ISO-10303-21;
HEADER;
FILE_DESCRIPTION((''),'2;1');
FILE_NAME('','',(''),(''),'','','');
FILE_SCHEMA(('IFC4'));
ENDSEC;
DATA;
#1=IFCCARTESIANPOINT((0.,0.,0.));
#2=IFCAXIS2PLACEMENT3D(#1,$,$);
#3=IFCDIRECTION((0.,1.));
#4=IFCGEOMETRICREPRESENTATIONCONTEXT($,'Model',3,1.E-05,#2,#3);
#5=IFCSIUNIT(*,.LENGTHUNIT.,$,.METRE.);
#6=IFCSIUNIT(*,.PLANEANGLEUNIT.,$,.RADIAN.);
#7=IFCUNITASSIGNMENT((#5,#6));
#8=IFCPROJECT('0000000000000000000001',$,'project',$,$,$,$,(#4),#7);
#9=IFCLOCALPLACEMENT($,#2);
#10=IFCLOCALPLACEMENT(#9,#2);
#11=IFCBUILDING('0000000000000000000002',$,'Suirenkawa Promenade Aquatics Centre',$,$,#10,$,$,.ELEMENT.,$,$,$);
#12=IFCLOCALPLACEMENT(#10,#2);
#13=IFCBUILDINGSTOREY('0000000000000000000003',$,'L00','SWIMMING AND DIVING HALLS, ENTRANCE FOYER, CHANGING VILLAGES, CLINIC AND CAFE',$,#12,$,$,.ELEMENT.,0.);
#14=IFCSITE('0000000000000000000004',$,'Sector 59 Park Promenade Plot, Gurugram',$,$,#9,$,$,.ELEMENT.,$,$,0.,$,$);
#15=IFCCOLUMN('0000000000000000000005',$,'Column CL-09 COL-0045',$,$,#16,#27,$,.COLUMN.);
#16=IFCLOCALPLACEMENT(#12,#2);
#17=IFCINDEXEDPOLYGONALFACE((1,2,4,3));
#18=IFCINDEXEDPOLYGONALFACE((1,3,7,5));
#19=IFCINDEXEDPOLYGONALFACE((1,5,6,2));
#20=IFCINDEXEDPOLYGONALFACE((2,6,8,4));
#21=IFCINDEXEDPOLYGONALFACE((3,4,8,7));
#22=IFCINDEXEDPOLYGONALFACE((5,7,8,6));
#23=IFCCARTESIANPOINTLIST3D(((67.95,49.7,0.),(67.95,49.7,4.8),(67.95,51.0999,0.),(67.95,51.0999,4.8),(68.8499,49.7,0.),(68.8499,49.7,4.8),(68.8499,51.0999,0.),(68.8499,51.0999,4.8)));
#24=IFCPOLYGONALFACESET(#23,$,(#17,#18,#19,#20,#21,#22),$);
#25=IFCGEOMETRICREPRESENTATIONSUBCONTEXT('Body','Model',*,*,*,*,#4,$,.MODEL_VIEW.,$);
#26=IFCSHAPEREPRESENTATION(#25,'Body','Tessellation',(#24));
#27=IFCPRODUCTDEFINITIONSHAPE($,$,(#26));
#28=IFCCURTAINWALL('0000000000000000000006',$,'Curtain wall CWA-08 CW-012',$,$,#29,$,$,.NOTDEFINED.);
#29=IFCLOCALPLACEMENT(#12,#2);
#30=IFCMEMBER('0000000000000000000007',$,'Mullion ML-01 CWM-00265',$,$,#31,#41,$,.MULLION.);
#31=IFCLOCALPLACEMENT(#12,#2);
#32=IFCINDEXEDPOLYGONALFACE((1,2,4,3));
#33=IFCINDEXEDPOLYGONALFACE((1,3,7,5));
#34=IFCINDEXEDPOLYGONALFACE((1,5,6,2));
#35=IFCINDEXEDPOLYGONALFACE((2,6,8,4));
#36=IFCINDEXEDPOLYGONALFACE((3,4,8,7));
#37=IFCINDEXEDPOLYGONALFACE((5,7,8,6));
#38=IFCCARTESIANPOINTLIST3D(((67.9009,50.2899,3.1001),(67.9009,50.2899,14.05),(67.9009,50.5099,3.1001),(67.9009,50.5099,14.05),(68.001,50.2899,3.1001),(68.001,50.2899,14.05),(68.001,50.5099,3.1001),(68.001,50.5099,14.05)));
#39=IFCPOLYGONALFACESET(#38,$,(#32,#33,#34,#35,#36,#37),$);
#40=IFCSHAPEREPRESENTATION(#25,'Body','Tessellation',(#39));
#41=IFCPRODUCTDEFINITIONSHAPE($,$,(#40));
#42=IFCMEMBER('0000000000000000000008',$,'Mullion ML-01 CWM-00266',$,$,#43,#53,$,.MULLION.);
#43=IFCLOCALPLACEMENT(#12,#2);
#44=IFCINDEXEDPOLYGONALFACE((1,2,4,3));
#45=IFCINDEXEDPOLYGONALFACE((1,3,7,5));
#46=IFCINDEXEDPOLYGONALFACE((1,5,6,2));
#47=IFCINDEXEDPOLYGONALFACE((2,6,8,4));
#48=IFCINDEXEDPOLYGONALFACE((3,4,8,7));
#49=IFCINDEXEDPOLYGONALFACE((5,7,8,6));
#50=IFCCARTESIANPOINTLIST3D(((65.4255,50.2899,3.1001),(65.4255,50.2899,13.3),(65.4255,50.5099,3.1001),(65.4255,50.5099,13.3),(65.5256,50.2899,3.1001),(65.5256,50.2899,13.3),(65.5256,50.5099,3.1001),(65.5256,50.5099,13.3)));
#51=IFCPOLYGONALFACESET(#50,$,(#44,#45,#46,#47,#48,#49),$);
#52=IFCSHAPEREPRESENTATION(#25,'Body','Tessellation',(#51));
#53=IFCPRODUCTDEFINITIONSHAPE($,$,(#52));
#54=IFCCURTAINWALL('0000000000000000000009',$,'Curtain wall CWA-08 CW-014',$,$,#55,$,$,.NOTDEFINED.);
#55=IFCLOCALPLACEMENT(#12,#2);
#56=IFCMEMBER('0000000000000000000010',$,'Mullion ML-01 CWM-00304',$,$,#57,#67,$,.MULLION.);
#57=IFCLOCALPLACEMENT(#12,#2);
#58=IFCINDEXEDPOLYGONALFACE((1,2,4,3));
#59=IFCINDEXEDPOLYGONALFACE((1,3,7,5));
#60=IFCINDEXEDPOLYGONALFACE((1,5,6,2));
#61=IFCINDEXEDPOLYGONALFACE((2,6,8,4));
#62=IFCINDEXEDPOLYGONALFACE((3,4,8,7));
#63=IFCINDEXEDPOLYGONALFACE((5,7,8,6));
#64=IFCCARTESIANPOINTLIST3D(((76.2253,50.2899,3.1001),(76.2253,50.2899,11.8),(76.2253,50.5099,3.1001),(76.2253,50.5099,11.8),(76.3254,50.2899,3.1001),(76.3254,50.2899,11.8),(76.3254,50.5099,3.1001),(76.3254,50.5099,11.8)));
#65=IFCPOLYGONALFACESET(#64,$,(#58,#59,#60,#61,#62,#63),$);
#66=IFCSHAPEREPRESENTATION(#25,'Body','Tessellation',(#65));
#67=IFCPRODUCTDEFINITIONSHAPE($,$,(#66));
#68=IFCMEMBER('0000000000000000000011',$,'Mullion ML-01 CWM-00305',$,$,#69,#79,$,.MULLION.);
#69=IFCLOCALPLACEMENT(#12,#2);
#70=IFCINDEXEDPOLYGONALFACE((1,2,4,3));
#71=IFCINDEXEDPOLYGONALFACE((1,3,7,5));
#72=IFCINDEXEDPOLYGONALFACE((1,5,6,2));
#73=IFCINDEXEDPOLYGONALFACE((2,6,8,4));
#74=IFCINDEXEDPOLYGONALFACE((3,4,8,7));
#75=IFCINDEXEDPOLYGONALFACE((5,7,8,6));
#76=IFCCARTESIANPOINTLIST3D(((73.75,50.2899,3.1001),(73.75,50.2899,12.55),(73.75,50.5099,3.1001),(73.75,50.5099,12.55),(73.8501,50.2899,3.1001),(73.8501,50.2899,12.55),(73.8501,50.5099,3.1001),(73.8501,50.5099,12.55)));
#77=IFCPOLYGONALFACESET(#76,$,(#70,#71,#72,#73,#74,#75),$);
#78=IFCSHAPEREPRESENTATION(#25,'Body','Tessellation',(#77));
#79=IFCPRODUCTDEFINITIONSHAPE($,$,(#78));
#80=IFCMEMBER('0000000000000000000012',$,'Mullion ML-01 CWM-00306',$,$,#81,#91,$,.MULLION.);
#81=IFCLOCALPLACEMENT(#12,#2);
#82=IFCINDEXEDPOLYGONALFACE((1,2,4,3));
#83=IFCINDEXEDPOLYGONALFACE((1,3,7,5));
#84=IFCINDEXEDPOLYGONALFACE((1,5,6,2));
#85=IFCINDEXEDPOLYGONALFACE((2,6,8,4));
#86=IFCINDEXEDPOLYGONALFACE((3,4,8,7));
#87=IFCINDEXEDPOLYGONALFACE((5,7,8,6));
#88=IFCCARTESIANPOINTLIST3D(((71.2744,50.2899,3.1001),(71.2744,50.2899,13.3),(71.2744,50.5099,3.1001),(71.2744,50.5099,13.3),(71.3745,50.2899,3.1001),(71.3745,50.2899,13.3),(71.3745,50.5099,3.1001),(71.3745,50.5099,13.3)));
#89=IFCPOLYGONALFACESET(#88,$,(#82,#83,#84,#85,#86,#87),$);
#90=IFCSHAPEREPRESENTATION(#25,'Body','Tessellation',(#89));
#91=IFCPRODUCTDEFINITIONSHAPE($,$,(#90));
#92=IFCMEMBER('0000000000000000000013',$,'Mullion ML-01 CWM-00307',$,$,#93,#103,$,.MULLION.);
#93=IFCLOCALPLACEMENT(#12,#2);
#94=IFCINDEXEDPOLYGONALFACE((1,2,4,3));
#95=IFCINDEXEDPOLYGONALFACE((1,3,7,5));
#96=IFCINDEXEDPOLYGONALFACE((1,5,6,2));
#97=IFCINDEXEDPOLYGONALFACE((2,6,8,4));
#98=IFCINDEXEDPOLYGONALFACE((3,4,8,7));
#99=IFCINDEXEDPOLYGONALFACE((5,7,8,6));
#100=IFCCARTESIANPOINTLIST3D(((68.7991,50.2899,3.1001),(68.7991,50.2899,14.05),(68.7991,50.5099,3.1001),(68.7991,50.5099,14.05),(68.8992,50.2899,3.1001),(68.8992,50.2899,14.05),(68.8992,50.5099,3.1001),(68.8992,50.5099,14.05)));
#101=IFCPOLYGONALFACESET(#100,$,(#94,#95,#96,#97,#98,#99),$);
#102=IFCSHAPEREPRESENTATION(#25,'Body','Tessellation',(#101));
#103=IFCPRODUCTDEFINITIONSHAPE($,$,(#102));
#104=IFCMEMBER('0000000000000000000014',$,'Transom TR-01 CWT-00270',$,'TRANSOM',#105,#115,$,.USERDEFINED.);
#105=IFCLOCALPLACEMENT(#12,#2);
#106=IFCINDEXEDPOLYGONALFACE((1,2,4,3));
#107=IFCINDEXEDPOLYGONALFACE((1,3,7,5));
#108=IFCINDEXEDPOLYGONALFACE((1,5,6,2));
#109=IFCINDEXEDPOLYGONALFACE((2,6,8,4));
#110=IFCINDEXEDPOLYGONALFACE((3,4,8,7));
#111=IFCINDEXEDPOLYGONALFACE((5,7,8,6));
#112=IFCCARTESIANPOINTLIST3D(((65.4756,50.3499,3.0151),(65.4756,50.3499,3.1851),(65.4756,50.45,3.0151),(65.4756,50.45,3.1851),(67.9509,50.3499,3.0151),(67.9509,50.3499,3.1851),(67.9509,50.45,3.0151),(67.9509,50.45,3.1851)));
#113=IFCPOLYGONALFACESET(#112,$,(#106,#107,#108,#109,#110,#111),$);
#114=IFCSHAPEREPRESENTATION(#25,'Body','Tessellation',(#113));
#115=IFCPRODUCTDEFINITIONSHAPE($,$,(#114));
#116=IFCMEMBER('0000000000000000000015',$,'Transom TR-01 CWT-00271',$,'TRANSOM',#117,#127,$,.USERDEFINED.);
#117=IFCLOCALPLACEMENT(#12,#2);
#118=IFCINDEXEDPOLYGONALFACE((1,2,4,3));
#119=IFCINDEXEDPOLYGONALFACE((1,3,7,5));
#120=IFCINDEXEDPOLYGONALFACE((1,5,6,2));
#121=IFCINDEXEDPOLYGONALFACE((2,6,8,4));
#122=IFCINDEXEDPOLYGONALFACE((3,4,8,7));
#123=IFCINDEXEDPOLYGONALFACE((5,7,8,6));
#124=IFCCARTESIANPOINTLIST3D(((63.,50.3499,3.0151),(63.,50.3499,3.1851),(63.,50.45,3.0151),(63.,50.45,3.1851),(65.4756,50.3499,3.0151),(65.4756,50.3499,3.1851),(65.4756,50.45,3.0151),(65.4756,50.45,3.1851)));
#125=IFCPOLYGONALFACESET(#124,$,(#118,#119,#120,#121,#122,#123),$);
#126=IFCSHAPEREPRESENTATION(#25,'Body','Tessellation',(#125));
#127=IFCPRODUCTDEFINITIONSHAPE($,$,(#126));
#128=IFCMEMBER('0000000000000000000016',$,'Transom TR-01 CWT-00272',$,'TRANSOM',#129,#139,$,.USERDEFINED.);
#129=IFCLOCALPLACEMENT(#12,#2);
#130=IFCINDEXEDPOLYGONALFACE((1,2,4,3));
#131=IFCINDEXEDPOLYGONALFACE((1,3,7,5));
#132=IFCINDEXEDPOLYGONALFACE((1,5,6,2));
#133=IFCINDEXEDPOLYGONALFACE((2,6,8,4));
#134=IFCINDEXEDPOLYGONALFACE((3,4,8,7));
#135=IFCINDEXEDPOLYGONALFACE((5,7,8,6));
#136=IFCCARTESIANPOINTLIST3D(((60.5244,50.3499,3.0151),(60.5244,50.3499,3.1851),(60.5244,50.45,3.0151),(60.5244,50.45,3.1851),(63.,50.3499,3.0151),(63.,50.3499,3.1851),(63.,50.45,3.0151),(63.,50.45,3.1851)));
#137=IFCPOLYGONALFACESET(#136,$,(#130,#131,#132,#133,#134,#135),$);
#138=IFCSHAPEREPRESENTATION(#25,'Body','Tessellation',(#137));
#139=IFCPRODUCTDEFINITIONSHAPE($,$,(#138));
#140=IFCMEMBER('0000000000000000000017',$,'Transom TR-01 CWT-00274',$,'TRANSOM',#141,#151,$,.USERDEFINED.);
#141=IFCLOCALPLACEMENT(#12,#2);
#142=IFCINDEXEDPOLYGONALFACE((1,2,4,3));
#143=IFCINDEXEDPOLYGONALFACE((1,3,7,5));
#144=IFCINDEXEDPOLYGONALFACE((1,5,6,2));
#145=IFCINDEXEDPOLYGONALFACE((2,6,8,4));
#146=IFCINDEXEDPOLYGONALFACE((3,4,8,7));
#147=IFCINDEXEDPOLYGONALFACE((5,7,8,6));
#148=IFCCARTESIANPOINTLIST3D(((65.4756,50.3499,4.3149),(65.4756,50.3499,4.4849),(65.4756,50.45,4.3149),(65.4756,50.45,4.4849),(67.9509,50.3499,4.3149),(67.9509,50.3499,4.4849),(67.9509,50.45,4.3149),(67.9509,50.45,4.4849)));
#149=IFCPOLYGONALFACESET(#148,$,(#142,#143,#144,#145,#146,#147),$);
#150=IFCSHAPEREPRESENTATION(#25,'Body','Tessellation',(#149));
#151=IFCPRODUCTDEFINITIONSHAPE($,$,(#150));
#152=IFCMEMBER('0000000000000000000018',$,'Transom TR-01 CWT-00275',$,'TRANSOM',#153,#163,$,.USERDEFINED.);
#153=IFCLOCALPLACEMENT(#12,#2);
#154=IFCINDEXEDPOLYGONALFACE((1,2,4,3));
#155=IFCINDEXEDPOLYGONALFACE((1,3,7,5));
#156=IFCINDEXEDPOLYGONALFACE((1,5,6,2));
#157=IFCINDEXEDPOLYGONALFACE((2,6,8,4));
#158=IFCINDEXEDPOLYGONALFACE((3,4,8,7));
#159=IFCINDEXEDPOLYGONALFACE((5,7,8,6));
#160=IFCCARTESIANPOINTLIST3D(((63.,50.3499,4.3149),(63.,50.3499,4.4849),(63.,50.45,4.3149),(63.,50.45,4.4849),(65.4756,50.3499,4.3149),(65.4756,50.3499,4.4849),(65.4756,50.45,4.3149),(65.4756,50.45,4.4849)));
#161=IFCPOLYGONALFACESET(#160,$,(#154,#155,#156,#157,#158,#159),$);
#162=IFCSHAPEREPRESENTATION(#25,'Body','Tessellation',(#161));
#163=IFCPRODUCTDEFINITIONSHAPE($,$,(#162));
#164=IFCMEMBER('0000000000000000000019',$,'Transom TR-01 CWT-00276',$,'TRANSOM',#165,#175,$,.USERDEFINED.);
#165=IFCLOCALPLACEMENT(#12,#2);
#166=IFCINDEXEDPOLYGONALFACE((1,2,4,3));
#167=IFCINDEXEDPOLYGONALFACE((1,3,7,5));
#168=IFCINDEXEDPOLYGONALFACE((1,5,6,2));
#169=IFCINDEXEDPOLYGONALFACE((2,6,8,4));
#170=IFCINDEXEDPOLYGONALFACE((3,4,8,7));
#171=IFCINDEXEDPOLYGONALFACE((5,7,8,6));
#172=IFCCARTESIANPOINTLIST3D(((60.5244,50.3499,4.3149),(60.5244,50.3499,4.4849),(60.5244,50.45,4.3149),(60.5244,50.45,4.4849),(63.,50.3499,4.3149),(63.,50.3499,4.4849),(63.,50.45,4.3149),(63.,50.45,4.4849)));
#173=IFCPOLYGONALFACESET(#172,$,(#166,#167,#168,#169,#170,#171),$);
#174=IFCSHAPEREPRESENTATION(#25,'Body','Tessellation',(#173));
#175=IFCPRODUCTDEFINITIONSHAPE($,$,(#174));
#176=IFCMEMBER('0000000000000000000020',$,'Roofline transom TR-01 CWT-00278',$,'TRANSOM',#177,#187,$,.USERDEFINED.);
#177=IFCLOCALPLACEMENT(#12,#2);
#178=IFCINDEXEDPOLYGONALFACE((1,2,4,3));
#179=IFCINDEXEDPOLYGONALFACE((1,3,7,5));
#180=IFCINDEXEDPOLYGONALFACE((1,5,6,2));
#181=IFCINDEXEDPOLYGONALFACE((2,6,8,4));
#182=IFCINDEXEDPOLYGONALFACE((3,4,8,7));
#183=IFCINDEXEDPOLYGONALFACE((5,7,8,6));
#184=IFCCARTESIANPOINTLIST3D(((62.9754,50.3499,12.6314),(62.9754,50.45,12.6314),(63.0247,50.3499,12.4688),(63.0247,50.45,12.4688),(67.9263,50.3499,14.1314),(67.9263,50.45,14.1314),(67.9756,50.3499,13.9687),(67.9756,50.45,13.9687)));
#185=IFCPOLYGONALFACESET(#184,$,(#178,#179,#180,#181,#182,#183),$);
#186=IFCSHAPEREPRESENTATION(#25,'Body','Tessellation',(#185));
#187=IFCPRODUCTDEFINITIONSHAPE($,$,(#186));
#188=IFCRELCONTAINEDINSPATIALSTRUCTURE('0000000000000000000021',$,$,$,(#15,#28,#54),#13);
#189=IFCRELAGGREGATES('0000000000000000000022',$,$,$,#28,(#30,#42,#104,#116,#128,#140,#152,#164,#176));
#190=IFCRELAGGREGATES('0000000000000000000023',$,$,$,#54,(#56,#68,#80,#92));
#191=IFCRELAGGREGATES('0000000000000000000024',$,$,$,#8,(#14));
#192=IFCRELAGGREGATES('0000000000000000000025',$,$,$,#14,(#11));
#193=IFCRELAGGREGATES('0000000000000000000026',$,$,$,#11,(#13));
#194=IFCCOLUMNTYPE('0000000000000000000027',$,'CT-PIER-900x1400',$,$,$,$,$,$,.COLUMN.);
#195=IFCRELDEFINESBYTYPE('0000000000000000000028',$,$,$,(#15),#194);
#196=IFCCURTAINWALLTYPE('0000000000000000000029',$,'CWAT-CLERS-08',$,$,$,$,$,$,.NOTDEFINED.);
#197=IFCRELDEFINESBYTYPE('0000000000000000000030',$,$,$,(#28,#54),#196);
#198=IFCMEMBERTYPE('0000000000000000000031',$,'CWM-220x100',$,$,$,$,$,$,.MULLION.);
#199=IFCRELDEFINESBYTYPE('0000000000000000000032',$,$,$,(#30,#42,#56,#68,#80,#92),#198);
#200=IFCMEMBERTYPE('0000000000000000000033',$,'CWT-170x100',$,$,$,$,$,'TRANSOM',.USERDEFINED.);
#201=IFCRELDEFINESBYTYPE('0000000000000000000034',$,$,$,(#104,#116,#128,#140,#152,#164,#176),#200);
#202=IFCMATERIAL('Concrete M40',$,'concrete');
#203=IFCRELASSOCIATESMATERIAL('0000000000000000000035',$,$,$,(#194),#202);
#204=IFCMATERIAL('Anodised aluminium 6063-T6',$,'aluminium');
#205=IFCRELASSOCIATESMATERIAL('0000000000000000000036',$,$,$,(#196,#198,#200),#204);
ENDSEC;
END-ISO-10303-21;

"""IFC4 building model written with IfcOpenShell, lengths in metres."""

from ifc_helpers import new_model, si_unit, direction, frame, origin, origin_2d, place, context, subcontext, project, spatial, rectangle, extrude, material, material_profile, profile_set, type_object, element, aggregate, save


model = new_model("IFC4")

# Units and contexts
model_context = context("Model", 3, precision=1e-05, world=origin(), true_north=direction((0.0, 1.0)))
body_context = subcontext(model_context, "Body", "Model", "MODEL_VIEW")
ifc_project = project(units=[si_unit("LENGTHUNIT", "METRE"), si_unit("PLANEANGLEUNIT", "RADIAN")], contexts=[model_context])

# Site, building, storey
site_placement = place(None, origin())
site = spatial("IfcSite", under=ifc_project, at=site_placement, Name="Sector 59 Park Promenade Plot, Gurugram", CompositionType="ELEMENT", RefElevation=0.0)
building_placement = place(site_placement, origin())
building = spatial("IfcBuilding", under=site, at=building_placement, Name="Suirenkawa Promenade Aquatics Centre", CompositionType="ELEMENT")
storey_placement = place(building_placement, origin())
storey = spatial("IfcBuildingStorey", under=building, at=storey_placement, Name="L00", Description="SWIMMING AND DIVING HALLS, ENTRANCE FOYER, CHANGING VILLAGES, CLINIC AND CAFE", CompositionType="ELEMENT", Elevation=0.0)

# Column
ifc_material_1 = material(Name="Concrete M40", Category="concrete")
ifc_material_profile_1 = material_profile(ifc_material_1, rectangle(XDim=0.8999, YDim=1.3999, at=origin_2d()), Name="RC PIER 900x1400", Category="concrete")
ifc_profile_set_1 = profile_set([ifc_material_profile_1], Name="Concrete M40")
column_type = type_object("IfcColumnType", Name="CT-PIER-900x1400", PredefinedType="COLUMN", material=ifc_profile_set_1)
column_placement = place(storey_placement, frame((68.3999, 50.3999, 0.0), z_axis=(0.0, 0.0, 1.0), x_axis=(1.0, 0.0, 0.0)))
element("IfcColumn", 1, at=column_placement, inside=storey, type_object=column_type, Name="Column CL-09 COL-0045", PredefinedType="COLUMN", context=body_context, shape_type="SweptSolid", body=[
    extrude(rectangle(XDim=0.8999, YDim=1.3999, at=origin_2d()), origin(), (0.0, 0.0, 1.0), 4.8),
])

# Curtain walls, members
ifc_material_2 = material(Name="Anodised aluminium 6063-T6", Category="aluminium")
curtain_wall_type = type_object("IfcCurtainWallType", Name="CWAT-CLERS-08", PredefinedType="NOTDEFINED", material=ifc_material_2)
curtain_wall_1_placement = place(storey_placement, origin())
curtain_wall_1 = element("IfcCurtainWall", 2, at=curtain_wall_1_placement, inside=storey, type_object=curtain_wall_type, Name="Curtain wall CWA-08 CW-012", PredefinedType="NOTDEFINED")
ifc_material_profile_2 = material_profile(ifc_material_2, rectangle(XDim=0.1001, YDim=0.22, at=origin_2d()), Name="ALU MULL 100x220", Category="aluminium")
ifc_profile_set_2 = profile_set([ifc_material_profile_2], Name="Anodised aluminium 6063-T6")
member_type_1 = type_object("IfcMemberType", Name="CWM-220x100", PredefinedType="MULLION", material=ifc_profile_set_2)
member_1_placement = place(storey_placement, frame((67.9509, 50.3999, 3.1001), z_axis=(0.0, 0.0, 1.0), x_axis=(-1.0, 0.0, 0.0)))
member_1 = element("IfcMember", 3, at=member_1_placement, type_object=member_type_1, Name="Mullion ML-01 CWM-00265", PredefinedType="MULLION", context=body_context, shape_type="SweptSolid", body=[
    extrude(rectangle(XDim=0.1001, YDim=0.22, at=origin_2d()), origin(), (0.0, 0.0, 1.0), 10.95),
])
member_2_placement = place(storey_placement, frame((65.4756, 50.3999, 3.1001), z_axis=(0.0, 0.0, 1.0), x_axis=(-1.0, 0.0, 0.0)))
member_2 = element("IfcMember", 4, at=member_2_placement, type_object=member_type_1, Name="Mullion ML-01 CWM-00266", PredefinedType="MULLION", context=body_context, shape_type="SweptSolid", body=[
    extrude(rectangle(XDim=0.1001, YDim=0.22, at=origin_2d()), origin(), (0.0, 0.0, 1.0), 10.2),
])
curtain_wall_2_placement = place(storey_placement, origin())
curtain_wall_2 = element("IfcCurtainWall", 5, at=curtain_wall_2_placement, inside=storey, type_object=curtain_wall_type, Name="Curtain wall CWA-08 CW-014", PredefinedType="NOTDEFINED")
member_3_placement = place(storey_placement, frame((76.2754, 50.3999, 3.1001), z_axis=(0.0, 0.0, 1.0), x_axis=(-1.0, 0.0, 0.0)))
member_3 = element("IfcMember", 6, at=member_3_placement, type_object=member_type_1, Name="Mullion ML-01 CWM-00304", PredefinedType="MULLION", context=body_context, shape_type="SweptSolid", body=[
    extrude(rectangle(XDim=0.1001, YDim=0.22, at=origin_2d()), origin(), (0.0, 0.0, 1.0), 8.7),
])
member_4_placement = place(storey_placement, frame((73.8, 50.3999, 3.1001), z_axis=(0.0, 0.0, 1.0), x_axis=(-1.0, 0.0, 0.0)))
member_4 = element("IfcMember", 7, at=member_4_placement, type_object=member_type_1, Name="Mullion ML-01 CWM-00305", PredefinedType="MULLION", context=body_context, shape_type="SweptSolid", body=[
    extrude(rectangle(XDim=0.1001, YDim=0.22, at=origin_2d()), origin(), (0.0, 0.0, 1.0), 9.45),
])
member_5_placement = place(storey_placement, frame((71.3245, 50.3999, 3.1001), z_axis=(0.0, 0.0, 1.0), x_axis=(-1.0, 0.0, 0.0)))
member_5 = element("IfcMember", 8, at=member_5_placement, type_object=member_type_1, Name="Mullion ML-01 CWM-00306", PredefinedType="MULLION", context=body_context, shape_type="SweptSolid", body=[
    extrude(rectangle(XDim=0.1001, YDim=0.22, at=origin_2d()), origin(), (0.0, 0.0, 1.0), 10.2),
])
member_6_placement = place(storey_placement, frame((68.8491, 50.3999, 3.1001), z_axis=(0.0, 0.0, 1.0), x_axis=(-1.0, 0.0, 0.0)))
member_6 = element("IfcMember", 9, at=member_6_placement, type_object=member_type_1, Name="Mullion ML-01 CWM-00307", PredefinedType="MULLION", context=body_context, shape_type="SweptSolid", body=[
    extrude(rectangle(XDim=0.1001, YDim=0.22, at=origin_2d()), origin(), (0.0, 0.0, 1.0), 10.95),
])

# Members
ifc_material_profile_3 = material_profile(ifc_material_2, rectangle(XDim=0.1001, YDim=0.1699, at=origin_2d()), Name="ALU TRAN 100x170", Category="aluminium")
ifc_profile_set_3 = profile_set([ifc_material_profile_3], Name="Anodised aluminium 6063-T6")
member_type_2 = type_object("IfcMemberType", Name="CWT-170x100", ElementType="TRANSOM", PredefinedType="USERDEFINED", material=ifc_profile_set_3)
member_7_placement = place(storey_placement, frame((67.9509, 50.3999, 3.1001), z_axis=(-1.0, 0.0, 0.0), x_axis=(0.0, -1.0, 0.0)))
member_7 = element("IfcMember", 10, at=member_7_placement, type_object=member_type_2, Name="Transom TR-01 CWT-00270", ObjectType="TRANSOM", PredefinedType="USERDEFINED", context=body_context, shape_type="SweptSolid", body=[
    extrude(rectangle(XDim=0.1001, YDim=0.1699, at=origin_2d()), origin(), (0.0, 0.0, 1.0), 2.4753),
])
member_8_placement = place(storey_placement, frame((65.4756, 50.3999, 3.1001), z_axis=(-1.0, 0.0, 0.0), x_axis=(0.0, -1.0, 0.0)))
member_8 = element("IfcMember", 11, at=member_8_placement, type_object=member_type_2, Name="Transom TR-01 CWT-00271", ObjectType="TRANSOM", PredefinedType="USERDEFINED", context=body_context, shape_type="SweptSolid", body=[
    extrude(rectangle(XDim=0.1001, YDim=0.1699, at=origin_2d()), origin(), (0.0, 0.0, 1.0), 2.4756),
])
member_9_placement = place(storey_placement, frame((63.0, 50.3999, 3.1001), z_axis=(-1.0, 0.0, 0.0), x_axis=(0.0, -1.0, 0.0)))
member_9 = element("IfcMember", 12, at=member_9_placement, type_object=member_type_2, Name="Transom TR-01 CWT-00272", ObjectType="TRANSOM", PredefinedType="USERDEFINED", context=body_context, shape_type="SweptSolid", body=[
    extrude(rectangle(XDim=0.1001, YDim=0.1699, at=origin_2d()), origin(), (0.0, 0.0, 1.0), 2.4756),
])
member_10_placement = place(storey_placement, frame((67.9509, 50.3999, 4.3999), z_axis=(-1.0, 0.0, 0.0), x_axis=(0.0, -1.0, 0.0)))
member_10 = element("IfcMember", 13, at=member_10_placement, type_object=member_type_2, Name="Transom TR-01 CWT-00274", ObjectType="TRANSOM", PredefinedType="USERDEFINED", context=body_context, shape_type="SweptSolid", body=[
    extrude(rectangle(XDim=0.1001, YDim=0.1699, at=origin_2d()), origin(), (0.0, 0.0, 1.0), 2.4753),
])
member_11_placement = place(storey_placement, frame((65.4756, 50.3999, 4.3999), z_axis=(-1.0, 0.0, 0.0), x_axis=(0.0, -1.0, 0.0)))
member_11 = element("IfcMember", 14, at=member_11_placement, type_object=member_type_2, Name="Transom TR-01 CWT-00275", ObjectType="TRANSOM", PredefinedType="USERDEFINED", context=body_context, shape_type="SweptSolid", body=[
    extrude(rectangle(XDim=0.1001, YDim=0.1699, at=origin_2d()), origin(), (0.0, 0.0, 1.0), 2.4756),
])
member_12_placement = place(storey_placement, frame((63.0, 50.3999, 4.3999), z_axis=(-1.0, 0.0, 0.0), x_axis=(0.0, -1.0, 0.0)))
member_12 = element("IfcMember", 15, at=member_12_placement, type_object=member_type_2, Name="Transom TR-01 CWT-00276", ObjectType="TRANSOM", PredefinedType="USERDEFINED", context=body_context, shape_type="SweptSolid", body=[
    extrude(rectangle(XDim=0.1001, YDim=0.1699, at=origin_2d()), origin(), (0.0, 0.0, 1.0), 2.4756),
])
member_13_placement = place(storey_placement, frame((67.9509, 50.3999, 14.05), z_axis=(-0.957039, 0.0, -0.289958), x_axis=(0.0, -1.0, 0.0)))
member_13 = element("IfcMember", 16, at=member_13_placement, type_object=member_type_2, Name="Roofline transom TR-01 CWT-00278", ObjectType="TRANSOM", PredefinedType="USERDEFINED", context=body_context, shape_type="SweptSolid", body=[
    extrude(rectangle(XDim=0.1001, YDim=0.1699, at=origin_2d()), origin(), (0.0, 0.0, 1.0), 5.1731),
])

aggregate(curtain_wall_1, [member_1, member_2, member_7, member_8, member_9, member_10, member_11, member_12, member_13])
aggregate(curtain_wall_2, [member_3, member_4, member_5, member_6])

save(model, "model.ifc")
